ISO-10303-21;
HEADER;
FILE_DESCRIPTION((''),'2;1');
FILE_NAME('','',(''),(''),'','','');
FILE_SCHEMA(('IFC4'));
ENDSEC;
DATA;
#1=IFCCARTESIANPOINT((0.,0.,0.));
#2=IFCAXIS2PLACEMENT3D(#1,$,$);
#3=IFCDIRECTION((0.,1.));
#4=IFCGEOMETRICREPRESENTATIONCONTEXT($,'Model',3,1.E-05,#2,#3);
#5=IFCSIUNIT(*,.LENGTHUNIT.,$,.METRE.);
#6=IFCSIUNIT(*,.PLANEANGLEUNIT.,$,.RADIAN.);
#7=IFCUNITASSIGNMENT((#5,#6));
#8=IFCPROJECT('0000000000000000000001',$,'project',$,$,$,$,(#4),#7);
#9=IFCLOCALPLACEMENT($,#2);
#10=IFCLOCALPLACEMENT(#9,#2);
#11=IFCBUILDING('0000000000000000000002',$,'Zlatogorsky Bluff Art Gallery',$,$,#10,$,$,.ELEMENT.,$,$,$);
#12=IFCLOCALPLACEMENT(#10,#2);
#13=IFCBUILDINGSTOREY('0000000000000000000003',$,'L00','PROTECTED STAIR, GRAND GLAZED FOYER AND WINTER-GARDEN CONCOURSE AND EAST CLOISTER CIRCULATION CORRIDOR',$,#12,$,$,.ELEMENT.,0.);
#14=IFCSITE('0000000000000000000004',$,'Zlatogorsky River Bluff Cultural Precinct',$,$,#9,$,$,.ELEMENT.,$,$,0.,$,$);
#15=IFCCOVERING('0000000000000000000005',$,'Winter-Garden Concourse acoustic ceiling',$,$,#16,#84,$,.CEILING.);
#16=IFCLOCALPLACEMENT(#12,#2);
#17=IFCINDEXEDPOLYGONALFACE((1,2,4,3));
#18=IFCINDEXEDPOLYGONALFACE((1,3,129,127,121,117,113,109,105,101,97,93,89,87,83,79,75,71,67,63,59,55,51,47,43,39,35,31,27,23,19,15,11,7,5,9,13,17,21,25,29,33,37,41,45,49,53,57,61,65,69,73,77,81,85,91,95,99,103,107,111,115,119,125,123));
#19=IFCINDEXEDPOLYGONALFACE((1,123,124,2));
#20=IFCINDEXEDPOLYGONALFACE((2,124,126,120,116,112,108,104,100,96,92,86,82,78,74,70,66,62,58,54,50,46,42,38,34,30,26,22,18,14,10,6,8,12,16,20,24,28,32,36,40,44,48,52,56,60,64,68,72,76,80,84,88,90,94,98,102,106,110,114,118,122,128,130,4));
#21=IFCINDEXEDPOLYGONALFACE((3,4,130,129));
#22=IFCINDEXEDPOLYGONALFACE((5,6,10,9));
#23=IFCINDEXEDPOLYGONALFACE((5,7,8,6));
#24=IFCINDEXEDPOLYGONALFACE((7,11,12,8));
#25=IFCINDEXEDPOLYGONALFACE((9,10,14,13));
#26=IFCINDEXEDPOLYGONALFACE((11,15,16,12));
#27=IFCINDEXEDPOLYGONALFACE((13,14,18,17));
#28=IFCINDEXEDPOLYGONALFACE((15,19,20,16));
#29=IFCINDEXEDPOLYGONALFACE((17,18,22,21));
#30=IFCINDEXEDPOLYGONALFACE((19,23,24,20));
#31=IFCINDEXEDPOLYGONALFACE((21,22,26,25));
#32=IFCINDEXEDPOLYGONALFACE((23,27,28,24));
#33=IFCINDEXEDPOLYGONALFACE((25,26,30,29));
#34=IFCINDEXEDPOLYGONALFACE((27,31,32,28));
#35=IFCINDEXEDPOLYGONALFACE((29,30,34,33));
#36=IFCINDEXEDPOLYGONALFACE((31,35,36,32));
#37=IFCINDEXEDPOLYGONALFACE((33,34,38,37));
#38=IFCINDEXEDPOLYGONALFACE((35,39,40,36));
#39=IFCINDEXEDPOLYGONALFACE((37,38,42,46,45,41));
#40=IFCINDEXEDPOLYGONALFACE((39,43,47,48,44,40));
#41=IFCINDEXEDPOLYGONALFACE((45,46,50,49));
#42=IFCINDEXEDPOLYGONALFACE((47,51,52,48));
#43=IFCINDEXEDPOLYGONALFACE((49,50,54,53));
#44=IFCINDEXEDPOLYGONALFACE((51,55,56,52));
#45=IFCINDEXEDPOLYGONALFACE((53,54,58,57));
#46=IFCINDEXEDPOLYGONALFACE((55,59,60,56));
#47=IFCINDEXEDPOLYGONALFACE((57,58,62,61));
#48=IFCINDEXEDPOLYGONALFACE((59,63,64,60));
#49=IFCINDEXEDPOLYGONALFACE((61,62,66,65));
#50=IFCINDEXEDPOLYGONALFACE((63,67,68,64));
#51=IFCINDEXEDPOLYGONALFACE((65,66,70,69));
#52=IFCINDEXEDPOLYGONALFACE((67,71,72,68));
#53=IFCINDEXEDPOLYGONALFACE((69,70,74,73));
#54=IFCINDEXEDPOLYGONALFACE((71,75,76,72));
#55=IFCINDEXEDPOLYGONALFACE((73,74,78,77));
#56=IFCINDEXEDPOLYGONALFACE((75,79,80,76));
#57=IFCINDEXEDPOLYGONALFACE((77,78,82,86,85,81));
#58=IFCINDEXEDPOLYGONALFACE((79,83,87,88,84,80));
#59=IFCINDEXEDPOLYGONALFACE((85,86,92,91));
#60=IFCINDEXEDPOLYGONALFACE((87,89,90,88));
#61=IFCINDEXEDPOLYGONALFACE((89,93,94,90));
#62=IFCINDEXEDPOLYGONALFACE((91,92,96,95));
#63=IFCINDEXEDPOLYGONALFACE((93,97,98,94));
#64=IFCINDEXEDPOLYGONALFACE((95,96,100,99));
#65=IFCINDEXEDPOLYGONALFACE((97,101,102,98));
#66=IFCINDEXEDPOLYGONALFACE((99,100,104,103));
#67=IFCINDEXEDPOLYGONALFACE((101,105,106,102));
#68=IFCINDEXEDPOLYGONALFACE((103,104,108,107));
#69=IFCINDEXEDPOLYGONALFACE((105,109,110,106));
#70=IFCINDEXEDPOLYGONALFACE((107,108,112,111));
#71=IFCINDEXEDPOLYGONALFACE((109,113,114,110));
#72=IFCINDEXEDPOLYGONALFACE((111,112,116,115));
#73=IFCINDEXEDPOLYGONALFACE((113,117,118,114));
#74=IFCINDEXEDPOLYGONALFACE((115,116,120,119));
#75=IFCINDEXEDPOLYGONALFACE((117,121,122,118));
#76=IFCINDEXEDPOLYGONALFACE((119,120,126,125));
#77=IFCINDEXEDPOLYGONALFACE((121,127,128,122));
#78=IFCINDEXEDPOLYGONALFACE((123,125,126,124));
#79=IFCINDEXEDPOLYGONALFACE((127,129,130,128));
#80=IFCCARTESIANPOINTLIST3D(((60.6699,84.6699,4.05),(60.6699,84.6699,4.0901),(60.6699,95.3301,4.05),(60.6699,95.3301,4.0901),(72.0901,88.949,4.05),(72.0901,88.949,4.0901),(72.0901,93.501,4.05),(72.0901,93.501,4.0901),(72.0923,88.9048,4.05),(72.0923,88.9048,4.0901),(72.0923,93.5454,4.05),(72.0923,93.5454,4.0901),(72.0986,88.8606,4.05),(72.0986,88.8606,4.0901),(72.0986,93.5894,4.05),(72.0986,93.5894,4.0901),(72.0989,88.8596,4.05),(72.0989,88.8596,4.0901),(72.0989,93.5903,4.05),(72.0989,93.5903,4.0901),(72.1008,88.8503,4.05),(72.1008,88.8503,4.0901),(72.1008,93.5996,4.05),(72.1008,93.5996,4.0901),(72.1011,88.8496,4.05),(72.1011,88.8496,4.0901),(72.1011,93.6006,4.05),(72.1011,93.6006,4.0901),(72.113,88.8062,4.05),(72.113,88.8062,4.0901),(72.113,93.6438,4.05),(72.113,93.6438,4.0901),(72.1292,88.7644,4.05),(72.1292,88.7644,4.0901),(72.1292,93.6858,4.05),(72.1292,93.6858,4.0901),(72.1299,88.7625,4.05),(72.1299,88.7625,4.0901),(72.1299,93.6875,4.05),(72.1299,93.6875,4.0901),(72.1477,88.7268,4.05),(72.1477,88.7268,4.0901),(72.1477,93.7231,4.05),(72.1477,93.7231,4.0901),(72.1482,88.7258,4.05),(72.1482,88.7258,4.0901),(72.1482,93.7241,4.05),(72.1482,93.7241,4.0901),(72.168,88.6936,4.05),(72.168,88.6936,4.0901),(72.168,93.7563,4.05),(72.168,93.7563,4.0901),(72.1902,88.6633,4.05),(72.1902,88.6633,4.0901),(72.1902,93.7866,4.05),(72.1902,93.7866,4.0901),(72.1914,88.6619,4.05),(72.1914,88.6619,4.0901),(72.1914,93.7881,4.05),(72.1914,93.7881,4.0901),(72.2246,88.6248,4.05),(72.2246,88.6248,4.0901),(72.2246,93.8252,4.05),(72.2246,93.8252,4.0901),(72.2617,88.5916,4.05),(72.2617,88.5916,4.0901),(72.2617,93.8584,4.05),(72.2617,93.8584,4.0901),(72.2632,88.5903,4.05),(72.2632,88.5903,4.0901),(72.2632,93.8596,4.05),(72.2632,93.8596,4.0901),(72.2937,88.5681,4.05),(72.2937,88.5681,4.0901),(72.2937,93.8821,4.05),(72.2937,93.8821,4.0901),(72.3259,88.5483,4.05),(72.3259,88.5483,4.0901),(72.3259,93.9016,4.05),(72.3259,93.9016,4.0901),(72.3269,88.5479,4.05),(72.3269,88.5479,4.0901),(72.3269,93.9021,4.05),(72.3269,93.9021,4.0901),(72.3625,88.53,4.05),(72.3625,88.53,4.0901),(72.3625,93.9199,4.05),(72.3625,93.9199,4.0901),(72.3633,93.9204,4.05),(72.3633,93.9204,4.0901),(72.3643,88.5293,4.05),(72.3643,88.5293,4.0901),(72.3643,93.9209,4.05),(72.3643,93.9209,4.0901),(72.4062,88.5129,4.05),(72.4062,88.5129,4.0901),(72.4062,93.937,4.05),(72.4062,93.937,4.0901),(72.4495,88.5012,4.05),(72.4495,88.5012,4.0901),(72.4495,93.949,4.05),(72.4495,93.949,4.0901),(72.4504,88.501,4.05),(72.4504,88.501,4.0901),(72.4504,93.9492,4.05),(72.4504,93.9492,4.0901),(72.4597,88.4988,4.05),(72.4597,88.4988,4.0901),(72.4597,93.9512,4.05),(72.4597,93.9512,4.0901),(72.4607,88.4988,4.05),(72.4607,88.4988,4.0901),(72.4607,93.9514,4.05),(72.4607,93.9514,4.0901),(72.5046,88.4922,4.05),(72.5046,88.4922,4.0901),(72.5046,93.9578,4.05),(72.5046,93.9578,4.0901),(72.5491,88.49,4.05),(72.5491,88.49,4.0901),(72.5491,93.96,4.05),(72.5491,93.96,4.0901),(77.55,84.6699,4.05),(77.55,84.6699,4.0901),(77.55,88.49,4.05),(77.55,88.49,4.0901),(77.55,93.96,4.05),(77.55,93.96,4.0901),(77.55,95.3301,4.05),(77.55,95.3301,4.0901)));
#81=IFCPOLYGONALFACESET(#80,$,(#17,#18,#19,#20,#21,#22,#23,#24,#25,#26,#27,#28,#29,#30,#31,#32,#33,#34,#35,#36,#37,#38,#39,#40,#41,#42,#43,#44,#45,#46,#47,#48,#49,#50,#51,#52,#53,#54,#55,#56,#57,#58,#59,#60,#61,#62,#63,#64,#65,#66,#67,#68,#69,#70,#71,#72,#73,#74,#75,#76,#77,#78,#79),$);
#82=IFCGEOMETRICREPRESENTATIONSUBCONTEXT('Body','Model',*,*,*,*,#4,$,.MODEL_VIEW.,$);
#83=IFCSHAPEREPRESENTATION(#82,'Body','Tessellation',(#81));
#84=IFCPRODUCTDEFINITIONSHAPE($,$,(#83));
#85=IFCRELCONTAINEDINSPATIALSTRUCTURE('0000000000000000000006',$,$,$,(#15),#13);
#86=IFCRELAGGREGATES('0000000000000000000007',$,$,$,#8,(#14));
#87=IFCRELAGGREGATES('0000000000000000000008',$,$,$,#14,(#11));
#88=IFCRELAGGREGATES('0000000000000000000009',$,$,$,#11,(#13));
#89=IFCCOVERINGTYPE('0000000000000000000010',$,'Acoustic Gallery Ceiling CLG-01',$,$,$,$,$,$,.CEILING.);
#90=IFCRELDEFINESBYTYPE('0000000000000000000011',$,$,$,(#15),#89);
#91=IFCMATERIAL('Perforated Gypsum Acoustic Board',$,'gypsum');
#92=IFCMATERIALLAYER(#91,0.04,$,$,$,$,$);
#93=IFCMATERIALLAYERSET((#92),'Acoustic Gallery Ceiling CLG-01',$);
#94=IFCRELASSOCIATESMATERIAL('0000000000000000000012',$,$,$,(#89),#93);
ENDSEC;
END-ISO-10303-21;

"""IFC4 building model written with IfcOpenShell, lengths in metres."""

from ifc_helpers import new_model, si_unit, direction, frame, origin, place, context, subcontext, project, spatial, polyline, outline, extrude, material, layer, layer_set, type_object, element, save


model = new_model("IFC4")

# Units and contexts
model_context = context("Model", 3, precision=1e-05, world=origin(), true_north=direction((0.0, 1.0)))
body_context = subcontext(model_context, "Body", "Model", "MODEL_VIEW")
ifc_project = project(units=[si_unit("LENGTHUNIT", "METRE"), si_unit("PLANEANGLEUNIT", "RADIAN")], contexts=[model_context])

# Site, building, storey
site_placement = place(None, origin())
site = spatial("IfcSite", under=ifc_project, at=site_placement, Name="Zlatogorsky River Bluff Cultural Precinct", CompositionType="ELEMENT", RefElevation=0.0)
building_placement = place(site_placement, origin())
building = spatial("IfcBuilding", under=site, at=building_placement, Name="Zlatogorsky Bluff Art Gallery", CompositionType="ELEMENT")
storey_placement = place(building_placement, origin())
storey = spatial("IfcBuildingStorey", under=building, at=storey_placement, Name="L00", Description="PROTECTED STAIR, GRAND GLAZED FOYER AND WINTER-GARDEN CONCOURSE AND EAST CLOISTER CIRCULATION CORRIDOR", CompositionType="ELEMENT", Elevation=0.0)

# Covering
ifc_material_1 = material(Name="Perforated Gypsum Acoustic Board", Category="gypsum")
ifc_layer_1 = layer(ifc_material_1, 0.04)
ifc_layer_set_1 = layer_set([ifc_layer_1], Name="Acoustic Gallery Ceiling CLG-01")
covering_type_1 = type_object("IfcCoveringType", Name="Acoustic Gallery Ceiling CLG-01", PredefinedType="CEILING", material=ifc_layer_set_1)
covering_1_placement = place(storey_placement, frame((0.0, 0.0, 4.05)))
element("IfcCovering", 1, at=covering_1_placement, inside=storey, type_object=covering_type_1, Name="Winter-Garden Concourse acoustic ceiling", PredefinedType="CEILING", context=body_context, shape_type="SweptSolid", body=[
    extrude(outline(polyline([(77.55, 93.96), (72.5491, 93.96), (72.5046, 93.9578), (72.4607, 93.9514), (72.4597, 93.9512), (72.4504, 93.9492), (72.4495, 93.949), (72.4062, 93.937), (72.3643, 93.9209), (72.3633, 93.9204), (72.3625, 93.9199), (72.3269, 93.9021), (72.3259, 93.9016), (72.2937, 93.8821), (72.2632, 93.8596), (72.2617, 93.8584), (72.2246, 93.8252), (72.1914, 93.7881), (72.1902, 93.7866), (72.168, 93.7563), (72.1482, 93.7241), (72.1477, 93.7231), (72.1299, 93.6875), (72.1292, 93.6858), (72.113, 93.6438), (72.1011, 93.6006), (72.1008, 93.5996), (72.0989, 93.5903), (72.0986, 93.5894), (72.0923, 93.5454), (72.0901, 93.501), (72.0901, 88.949), (72.0923, 88.9048), (72.0986, 88.8606), (72.0989, 88.8596), (72.1008, 88.8503), (72.1011, 88.8496), (72.113, 88.8062), (72.1292, 88.7644), (72.1299, 88.7625), (72.1477, 88.7268), (72.1482, 88.7258), (72.168, 88.6936), (72.1902, 88.6633), (72.1914, 88.6619), (72.2246, 88.6248), (72.2617, 88.5916), (72.2632, 88.5903), (72.2937, 88.5681), (72.3259, 88.5483), (72.3269, 88.5479), (72.3625, 88.53), (72.3643, 88.5293), (72.4062, 88.5129), (72.4495, 88.5012), (72.4504, 88.501), (72.4597, 88.4988), (72.4607, 88.4988), (72.5046, 88.4922), (72.5491, 88.49), (77.55, 88.49), (77.55, 84.6699), (60.6699, 84.6699), (60.6699, 95.3301), (77.55, 95.3301), (77.55, 93.96)])), origin(), (0.0, 0.0, 1.0), 0.04),
])

save(model, "model.ifc")
